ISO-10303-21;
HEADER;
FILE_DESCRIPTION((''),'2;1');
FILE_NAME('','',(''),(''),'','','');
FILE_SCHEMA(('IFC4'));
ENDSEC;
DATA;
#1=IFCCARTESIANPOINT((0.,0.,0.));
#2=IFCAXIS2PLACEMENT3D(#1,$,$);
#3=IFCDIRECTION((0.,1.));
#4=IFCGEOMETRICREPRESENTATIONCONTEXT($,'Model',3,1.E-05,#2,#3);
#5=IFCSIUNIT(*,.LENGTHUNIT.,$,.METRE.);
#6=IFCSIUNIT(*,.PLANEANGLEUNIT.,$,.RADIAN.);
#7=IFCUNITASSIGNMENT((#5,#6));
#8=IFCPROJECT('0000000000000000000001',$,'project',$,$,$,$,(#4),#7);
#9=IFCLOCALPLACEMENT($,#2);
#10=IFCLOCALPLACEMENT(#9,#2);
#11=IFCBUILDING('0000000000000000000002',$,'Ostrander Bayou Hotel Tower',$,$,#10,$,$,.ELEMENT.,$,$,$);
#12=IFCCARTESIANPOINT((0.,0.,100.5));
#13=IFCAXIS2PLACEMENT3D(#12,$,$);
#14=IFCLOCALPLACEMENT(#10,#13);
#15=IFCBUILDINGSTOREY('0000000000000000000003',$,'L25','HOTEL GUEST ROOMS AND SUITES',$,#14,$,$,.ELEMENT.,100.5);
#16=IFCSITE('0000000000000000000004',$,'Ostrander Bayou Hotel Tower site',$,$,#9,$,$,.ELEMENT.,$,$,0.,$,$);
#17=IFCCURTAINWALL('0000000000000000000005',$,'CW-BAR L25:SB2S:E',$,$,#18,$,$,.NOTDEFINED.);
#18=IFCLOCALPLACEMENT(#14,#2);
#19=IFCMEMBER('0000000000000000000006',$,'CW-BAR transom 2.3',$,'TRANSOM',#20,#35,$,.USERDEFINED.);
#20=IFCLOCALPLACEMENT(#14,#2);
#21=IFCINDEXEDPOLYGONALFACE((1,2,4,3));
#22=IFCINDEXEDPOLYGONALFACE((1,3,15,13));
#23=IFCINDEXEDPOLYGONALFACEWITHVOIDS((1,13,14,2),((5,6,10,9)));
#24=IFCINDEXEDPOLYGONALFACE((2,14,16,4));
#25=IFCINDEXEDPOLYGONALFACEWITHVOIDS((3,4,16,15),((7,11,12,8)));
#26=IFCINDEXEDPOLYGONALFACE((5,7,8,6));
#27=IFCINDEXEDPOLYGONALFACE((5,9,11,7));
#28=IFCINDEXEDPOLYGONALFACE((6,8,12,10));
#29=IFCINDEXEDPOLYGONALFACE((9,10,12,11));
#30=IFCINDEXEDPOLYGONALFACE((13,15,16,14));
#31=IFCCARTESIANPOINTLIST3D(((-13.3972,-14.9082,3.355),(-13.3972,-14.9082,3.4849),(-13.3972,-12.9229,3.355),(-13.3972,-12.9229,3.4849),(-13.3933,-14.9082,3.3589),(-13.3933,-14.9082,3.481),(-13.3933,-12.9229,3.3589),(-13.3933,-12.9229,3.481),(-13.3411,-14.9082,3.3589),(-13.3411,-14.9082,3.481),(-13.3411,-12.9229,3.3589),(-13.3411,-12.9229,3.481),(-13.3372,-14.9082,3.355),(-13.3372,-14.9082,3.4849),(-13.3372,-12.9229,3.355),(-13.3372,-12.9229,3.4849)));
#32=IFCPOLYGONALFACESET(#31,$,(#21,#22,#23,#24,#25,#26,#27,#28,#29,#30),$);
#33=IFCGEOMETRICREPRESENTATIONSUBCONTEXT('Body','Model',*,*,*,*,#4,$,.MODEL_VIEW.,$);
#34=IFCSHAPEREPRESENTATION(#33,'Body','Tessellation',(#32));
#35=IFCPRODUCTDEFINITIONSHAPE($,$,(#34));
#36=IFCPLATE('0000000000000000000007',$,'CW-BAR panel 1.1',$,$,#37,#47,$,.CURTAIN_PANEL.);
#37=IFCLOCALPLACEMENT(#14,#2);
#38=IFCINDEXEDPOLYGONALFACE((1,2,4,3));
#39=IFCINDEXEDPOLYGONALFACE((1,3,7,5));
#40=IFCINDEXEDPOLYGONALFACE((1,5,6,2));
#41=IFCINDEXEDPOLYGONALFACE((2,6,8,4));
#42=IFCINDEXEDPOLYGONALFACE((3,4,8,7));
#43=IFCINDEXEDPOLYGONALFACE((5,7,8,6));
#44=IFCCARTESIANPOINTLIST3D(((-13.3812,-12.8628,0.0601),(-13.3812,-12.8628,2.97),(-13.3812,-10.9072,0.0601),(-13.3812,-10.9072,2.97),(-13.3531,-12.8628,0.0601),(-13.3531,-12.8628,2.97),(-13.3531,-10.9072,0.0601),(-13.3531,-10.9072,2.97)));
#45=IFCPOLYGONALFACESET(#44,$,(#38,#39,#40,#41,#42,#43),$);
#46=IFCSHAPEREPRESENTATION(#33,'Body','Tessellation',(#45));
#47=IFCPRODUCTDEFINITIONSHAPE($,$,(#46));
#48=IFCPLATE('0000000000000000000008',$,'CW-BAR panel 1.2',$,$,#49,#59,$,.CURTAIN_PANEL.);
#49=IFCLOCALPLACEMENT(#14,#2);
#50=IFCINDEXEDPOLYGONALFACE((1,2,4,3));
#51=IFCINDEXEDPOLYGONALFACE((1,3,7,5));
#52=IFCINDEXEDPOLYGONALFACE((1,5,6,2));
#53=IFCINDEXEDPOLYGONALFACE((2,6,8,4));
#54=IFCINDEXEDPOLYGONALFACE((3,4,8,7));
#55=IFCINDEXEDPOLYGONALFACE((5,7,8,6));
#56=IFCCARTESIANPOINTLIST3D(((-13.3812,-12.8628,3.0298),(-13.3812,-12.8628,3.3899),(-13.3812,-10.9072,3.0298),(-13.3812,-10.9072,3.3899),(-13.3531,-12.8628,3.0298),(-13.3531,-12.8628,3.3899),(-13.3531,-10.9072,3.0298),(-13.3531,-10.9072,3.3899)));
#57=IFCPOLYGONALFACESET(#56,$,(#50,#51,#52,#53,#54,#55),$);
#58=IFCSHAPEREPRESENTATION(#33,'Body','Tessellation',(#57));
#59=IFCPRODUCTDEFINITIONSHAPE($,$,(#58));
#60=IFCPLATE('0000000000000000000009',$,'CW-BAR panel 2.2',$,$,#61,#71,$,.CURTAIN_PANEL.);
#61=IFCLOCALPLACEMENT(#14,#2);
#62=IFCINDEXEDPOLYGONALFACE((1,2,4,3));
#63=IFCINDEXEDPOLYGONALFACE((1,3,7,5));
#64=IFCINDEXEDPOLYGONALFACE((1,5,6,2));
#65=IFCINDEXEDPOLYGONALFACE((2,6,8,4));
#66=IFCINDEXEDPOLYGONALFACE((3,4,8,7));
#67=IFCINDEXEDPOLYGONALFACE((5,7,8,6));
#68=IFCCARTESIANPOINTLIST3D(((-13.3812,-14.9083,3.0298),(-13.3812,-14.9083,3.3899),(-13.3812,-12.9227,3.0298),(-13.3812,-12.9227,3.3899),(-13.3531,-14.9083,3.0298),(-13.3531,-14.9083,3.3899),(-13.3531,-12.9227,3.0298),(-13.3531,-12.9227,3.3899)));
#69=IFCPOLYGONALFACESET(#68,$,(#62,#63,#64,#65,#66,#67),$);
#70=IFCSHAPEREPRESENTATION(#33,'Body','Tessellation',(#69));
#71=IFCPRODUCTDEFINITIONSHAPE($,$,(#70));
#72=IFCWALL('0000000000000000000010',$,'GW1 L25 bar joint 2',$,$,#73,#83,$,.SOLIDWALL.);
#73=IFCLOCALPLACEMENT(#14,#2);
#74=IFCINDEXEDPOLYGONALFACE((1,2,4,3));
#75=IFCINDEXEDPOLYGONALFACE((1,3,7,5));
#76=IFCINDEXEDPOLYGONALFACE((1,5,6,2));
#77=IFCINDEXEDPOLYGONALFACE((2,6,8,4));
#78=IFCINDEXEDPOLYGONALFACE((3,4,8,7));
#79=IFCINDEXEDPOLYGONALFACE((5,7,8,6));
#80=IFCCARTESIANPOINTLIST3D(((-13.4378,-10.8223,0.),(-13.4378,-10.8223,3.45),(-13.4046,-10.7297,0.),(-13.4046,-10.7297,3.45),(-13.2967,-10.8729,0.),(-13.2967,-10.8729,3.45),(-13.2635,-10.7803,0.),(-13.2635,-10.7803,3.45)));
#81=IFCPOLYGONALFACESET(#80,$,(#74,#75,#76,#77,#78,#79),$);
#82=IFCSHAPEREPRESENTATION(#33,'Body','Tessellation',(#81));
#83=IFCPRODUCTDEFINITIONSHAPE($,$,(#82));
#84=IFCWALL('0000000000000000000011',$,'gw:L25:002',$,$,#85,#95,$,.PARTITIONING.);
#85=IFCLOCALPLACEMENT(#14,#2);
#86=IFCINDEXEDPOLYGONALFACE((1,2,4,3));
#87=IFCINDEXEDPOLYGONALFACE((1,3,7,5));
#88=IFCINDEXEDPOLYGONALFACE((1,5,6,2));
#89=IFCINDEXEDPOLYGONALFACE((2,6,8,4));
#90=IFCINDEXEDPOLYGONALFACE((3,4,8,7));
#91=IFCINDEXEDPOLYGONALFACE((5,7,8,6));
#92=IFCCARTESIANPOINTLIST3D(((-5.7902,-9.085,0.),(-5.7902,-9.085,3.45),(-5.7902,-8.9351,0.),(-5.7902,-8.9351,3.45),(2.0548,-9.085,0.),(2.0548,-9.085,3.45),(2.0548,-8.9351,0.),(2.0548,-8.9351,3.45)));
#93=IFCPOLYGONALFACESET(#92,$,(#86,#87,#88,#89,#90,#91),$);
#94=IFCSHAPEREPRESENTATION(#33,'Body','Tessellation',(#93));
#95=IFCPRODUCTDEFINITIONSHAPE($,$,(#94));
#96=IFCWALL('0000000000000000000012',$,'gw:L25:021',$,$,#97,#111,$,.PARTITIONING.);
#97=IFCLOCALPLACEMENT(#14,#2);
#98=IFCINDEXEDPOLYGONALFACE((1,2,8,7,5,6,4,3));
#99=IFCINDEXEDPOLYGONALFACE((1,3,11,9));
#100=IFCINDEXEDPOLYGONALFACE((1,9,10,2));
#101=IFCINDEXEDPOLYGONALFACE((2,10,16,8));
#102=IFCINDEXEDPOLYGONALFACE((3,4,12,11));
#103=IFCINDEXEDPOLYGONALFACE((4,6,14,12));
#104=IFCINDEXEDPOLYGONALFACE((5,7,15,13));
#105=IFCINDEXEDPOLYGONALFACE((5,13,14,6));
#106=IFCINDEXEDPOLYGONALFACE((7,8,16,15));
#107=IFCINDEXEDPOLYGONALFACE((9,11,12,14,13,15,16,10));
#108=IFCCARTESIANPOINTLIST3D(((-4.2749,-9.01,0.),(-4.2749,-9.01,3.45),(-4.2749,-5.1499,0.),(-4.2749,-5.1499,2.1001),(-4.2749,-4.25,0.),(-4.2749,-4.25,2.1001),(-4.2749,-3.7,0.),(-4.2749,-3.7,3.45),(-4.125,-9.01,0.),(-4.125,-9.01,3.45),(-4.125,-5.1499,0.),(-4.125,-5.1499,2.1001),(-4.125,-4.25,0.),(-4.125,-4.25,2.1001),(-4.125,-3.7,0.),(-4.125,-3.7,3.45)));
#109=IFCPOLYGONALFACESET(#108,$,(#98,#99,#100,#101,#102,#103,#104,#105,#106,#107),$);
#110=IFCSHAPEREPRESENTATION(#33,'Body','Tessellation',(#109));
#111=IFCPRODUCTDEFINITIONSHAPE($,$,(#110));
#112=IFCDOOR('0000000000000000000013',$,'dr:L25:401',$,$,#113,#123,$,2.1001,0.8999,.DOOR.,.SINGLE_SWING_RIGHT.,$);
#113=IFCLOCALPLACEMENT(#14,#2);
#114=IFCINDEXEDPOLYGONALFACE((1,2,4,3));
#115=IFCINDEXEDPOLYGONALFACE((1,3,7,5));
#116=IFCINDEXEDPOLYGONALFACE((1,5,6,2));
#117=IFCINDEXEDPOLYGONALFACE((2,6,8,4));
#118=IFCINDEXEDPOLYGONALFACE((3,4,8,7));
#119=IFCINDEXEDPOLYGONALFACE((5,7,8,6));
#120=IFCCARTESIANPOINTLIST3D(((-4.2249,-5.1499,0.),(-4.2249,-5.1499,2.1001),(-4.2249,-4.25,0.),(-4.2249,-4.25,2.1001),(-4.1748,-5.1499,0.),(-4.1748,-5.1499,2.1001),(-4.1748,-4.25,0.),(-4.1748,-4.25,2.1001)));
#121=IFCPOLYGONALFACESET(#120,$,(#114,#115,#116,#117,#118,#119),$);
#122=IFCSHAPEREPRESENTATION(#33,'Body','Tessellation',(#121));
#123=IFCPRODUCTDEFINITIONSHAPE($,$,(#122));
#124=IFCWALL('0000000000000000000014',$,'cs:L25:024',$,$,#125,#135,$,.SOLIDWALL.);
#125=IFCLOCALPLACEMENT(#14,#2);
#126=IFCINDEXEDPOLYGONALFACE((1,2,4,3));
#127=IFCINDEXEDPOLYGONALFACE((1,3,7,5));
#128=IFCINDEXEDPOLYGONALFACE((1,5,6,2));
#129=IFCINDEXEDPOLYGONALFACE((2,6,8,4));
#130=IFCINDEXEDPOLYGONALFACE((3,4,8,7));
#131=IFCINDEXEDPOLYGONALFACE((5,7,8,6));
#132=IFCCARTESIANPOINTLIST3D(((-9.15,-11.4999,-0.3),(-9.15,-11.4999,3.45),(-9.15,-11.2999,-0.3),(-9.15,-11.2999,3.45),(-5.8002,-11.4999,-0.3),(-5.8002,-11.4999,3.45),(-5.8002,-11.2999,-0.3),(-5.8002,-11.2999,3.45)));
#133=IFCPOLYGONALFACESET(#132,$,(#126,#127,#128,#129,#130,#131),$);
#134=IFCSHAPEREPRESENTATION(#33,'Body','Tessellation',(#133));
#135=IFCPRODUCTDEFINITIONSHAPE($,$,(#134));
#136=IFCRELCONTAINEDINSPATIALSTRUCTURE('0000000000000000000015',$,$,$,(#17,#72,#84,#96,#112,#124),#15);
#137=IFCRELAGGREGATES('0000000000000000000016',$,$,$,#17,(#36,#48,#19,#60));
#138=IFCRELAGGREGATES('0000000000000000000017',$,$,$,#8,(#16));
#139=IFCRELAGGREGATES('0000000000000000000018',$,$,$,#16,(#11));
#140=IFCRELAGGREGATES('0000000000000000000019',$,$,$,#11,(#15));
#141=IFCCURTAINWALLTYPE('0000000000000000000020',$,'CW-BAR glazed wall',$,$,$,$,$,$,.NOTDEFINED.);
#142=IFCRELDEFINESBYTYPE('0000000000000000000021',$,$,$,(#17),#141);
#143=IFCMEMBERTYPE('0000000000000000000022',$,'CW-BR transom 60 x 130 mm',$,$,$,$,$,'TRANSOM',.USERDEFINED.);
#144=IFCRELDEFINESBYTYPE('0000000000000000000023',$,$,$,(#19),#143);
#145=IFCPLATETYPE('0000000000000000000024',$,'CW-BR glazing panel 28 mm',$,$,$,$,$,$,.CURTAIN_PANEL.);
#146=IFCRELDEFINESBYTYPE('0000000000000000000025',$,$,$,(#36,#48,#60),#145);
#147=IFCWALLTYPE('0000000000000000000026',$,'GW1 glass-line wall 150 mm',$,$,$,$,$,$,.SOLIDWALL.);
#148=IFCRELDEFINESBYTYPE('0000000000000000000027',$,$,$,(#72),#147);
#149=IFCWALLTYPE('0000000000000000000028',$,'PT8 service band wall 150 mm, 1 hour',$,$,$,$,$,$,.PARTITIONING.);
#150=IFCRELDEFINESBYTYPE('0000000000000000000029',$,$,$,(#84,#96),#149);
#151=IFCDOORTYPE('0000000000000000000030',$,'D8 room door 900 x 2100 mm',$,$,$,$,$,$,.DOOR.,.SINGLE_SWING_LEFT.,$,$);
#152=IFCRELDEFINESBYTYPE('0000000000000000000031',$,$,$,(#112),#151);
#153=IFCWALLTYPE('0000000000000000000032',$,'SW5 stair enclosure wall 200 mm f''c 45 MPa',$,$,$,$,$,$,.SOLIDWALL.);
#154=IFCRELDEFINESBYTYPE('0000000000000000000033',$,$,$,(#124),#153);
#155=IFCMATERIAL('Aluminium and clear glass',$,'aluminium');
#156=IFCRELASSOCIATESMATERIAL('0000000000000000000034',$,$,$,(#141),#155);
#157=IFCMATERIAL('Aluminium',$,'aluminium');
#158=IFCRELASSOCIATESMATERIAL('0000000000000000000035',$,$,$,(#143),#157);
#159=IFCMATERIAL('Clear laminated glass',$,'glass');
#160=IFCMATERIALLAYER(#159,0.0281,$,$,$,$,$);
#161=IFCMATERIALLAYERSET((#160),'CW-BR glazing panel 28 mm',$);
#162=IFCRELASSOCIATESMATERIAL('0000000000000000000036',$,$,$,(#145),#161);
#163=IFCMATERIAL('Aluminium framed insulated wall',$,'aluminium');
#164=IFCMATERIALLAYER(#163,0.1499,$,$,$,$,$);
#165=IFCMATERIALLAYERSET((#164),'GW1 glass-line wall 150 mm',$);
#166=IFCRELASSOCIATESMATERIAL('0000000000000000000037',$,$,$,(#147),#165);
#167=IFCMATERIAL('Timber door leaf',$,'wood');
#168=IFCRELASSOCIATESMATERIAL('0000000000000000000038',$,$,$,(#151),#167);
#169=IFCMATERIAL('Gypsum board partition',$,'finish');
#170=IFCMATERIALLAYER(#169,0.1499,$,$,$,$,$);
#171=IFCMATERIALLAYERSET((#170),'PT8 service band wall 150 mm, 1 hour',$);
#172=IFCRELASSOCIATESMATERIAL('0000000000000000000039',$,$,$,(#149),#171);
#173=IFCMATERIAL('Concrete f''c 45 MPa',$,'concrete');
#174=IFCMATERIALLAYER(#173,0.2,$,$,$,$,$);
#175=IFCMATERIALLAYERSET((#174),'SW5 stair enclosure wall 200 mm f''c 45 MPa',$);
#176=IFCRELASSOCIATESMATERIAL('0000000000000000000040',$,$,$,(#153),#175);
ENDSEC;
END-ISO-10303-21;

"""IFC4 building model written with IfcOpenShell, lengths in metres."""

from ifc_helpers import new_model, si_unit, direction, frame, frame_2d, origin, origin_2d, place, context, subcontext, project, spatial, rectangle, hollow_rectangle, extrude, material, layer, layer_set, material_profile, profile_set, type_object, element, fill, aggregate, save


model = new_model("IFC4")

# Units and contexts
model_context = context("Model", 3, precision=1e-05, world=origin(), true_north=direction((0.0, 1.0)))
body_context = subcontext(model_context, "Body", "Model", "MODEL_VIEW")
ifc_project = project(units=[si_unit("LENGTHUNIT", "METRE"), si_unit("PLANEANGLEUNIT", "RADIAN")], contexts=[model_context])

# Site, building, storey
site_placement = place(None, origin())
site = spatial("IfcSite", under=ifc_project, at=site_placement, Name="Ostrander Bayou Hotel Tower site", CompositionType="ELEMENT", RefElevation=0.0)
building_placement = place(site_placement, origin())
building = spatial("IfcBuilding", under=site, at=building_placement, Name="Ostrander Bayou Hotel Tower", CompositionType="ELEMENT")
storey_placement = place(building_placement, frame((0.0, 0.0, 100.5)))
storey = spatial("IfcBuildingStorey", under=building, at=storey_placement, Name="L25", Description="HOTEL GUEST ROOMS AND SUITES", CompositionType="ELEMENT", Elevation=100.5)

# Curtain wall, member, plates
ifc_material_1 = material(Name="Aluminium and clear glass", Category="aluminium")
curtain_wall_type = type_object("IfcCurtainWallType", Name="CW-BAR glazed wall", PredefinedType="NOTDEFINED", material=ifc_material_1)
curtain_wall_placement = place(storey_placement, origin())
curtain_wall = element("IfcCurtainWall", 1, at=curtain_wall_placement, inside=storey, type_object=curtain_wall_type, Name="CW-BAR L25:SB2S:E", PredefinedType="NOTDEFINED")
ifc_material_2 = material(Name="Aluminium", Category="aluminium")
ifc_material_profile_1 = material_profile(ifc_material_2, hollow_rectangle(XDim=0.0601, YDim=0.1299, WallThickness=0.0039, at=origin_2d()))
ifc_profile_set_1 = profile_set([ifc_material_profile_1], Name="Aluminium")
member_type_1 = type_object("IfcMemberType", Name="CW-BR transom 60 x 130 mm", ElementType="TRANSOM", PredefinedType="USERDEFINED", material=ifc_profile_set_1)
member_1_placement = place(storey_placement, frame((-13.3672, -12.9229, 3.4199), z_axis=(0.0, -1.0, 0.0), x_axis=(1.0, 0.0, 0.0)))
member_1 = element("IfcMember", 2, at=member_1_placement, type_object=member_type_1, Name="CW-BAR transom 2.3", ObjectType="TRANSOM", PredefinedType="USERDEFINED", context=body_context, shape_type="SweptSolid", body=[
    extrude(hollow_rectangle(XDim=0.0601, YDim=0.1299, WallThickness=0.0039, at=origin_2d()), origin(), (0.0, 0.0, 1.0), 1.9854),
])
ifc_material_3 = material(Name="Clear laminated glass", Category="glass")
ifc_layer_1 = layer(ifc_material_3, 0.0281)
ifc_layer_set_1 = layer_set([ifc_layer_1], Name="CW-BR glazing panel 28 mm")
plate_type = type_object("IfcPlateType", Name="CW-BR glazing panel 28 mm", PredefinedType="CURTAIN_PANEL", material=ifc_layer_set_1)
plate_1_placement = place(storey_placement, frame((-13.3672, -11.885, 0.0601), z_axis=(0.0, 0.0, 1.0), x_axis=(0.0, -1.0, 0.0)))
plate_1 = element("IfcPlate", 3, at=plate_1_placement, type_object=plate_type, Name="CW-BAR panel 1.1", PredefinedType="CURTAIN_PANEL", context=body_context, shape_type="SweptSolid", body=[
    extrude(rectangle(XDim=1.9556, YDim=0.0281, at=origin_2d()), origin(), (0.0, 0.0, 1.0), 2.9099),
])
plate_2_placement = place(storey_placement, frame((-13.3672, -11.885, 3.0298), z_axis=(0.0, 0.0, 1.0), x_axis=(0.0, -1.0, 0.0)))
plate_2 = element("IfcPlate", 4, at=plate_2_placement, type_object=plate_type, Name="CW-BAR panel 1.2", PredefinedType="CURTAIN_PANEL", context=body_context, shape_type="SweptSolid", body=[
    extrude(rectangle(XDim=1.9556, YDim=0.0281, at=origin_2d()), origin(), (0.0, 0.0, 1.0), 0.3601),
])
plate_3_placement = place(storey_placement, frame((-13.3672, -13.9155, 3.0298), z_axis=(0.0, 0.0, 1.0), x_axis=(0.0, -1.0, 0.0)))
plate_3 = element("IfcPlate", 5, at=plate_3_placement, type_object=plate_type, Name="CW-BAR panel 2.2", PredefinedType="CURTAIN_PANEL", context=body_context, shape_type="SweptSolid", body=[
    extrude(rectangle(XDim=1.9856, YDim=0.0281, at=origin_2d()), origin(), (0.0, 0.0, 1.0), 0.3601),
])
aggregate(curtain_wall, [plate_1, plate_2, member_1, plate_3])

# Wall
ifc_material_4 = material(Name="Aluminium framed insulated wall", Category="aluminium")
ifc_layer_2 = layer(ifc_material_4, 0.1499)
ifc_layer_set_2 = layer_set([ifc_layer_2], Name="GW1 glass-line wall 150 mm")
wall_type_1 = type_object("IfcWallType", Name="GW1 glass-line wall 150 mm", PredefinedType="SOLIDWALL", material=ifc_layer_set_2)
wall_1_placement = place(storey_placement, frame((-13.334, -10.7549, 0.0), z_axis=(0.0, 0.0, 1.0), x_axis=(-0.337752, -0.941235, 0.0)))
element("IfcWall", 6, at=wall_1_placement, inside=storey, type_object=wall_type_1, Name="GW1 L25 bar joint 2", PredefinedType="SOLIDWALL", context=body_context, shape_type="SweptSolid", body=[
    extrude(rectangle(XDim=0.0984, YDim=0.1499, at=frame_2d((0.0493, 0.0))), origin(), (0.0, 0.0, 1.0), 3.45),
])

# Shared definitions
ifc_material_5 = material(Name="Timber door leaf", Category="wood")
door_type_1 = type_object("IfcDoorType", Name="D8 room door 900 x 2100 mm", OperationType="SINGLE_SWING_LEFT", PredefinedType="DOOR", material=ifc_material_5)

# Wall
ifc_material_6 = material(Name="Gypsum board partition", Category="finish")
ifc_layer_3 = layer(ifc_material_6, 0.1499)
ifc_layer_set_3 = layer_set([ifc_layer_3], Name="PT8 service band wall 150 mm, 1 hour")
wall_type_2 = type_object("IfcWallType", Name="PT8 service band wall 150 mm, 1 hour", PredefinedType="PARTITIONING", material=ifc_layer_set_3)
wall_2_placement = place(storey_placement, frame((-5.79, -9.01, 0.0), z_axis=(0.0, 0.0, 1.0), x_axis=(1.0, 0.0, 0.0)))
element("IfcWall", 7, at=wall_2_placement, inside=storey, type_object=wall_type_2, Name="gw:L25:002", PredefinedType="PARTITIONING", context=body_context, shape_type="SweptSolid", body=[
    extrude(rectangle(XDim=7.845, YDim=0.1499, at=frame_2d((3.9224, 0.0))), origin(), (0.0, 0.0, 1.0), 3.45),
])

# Wall, opening, door
wall_3_placement = place(storey_placement, frame((-4.2, -9.01, 0.0), z_axis=(0.0, 0.0, 1.0), x_axis=(0.0, 1.0, 0.0)))
wall_3 = element("IfcWall", 8, at=wall_3_placement, inside=storey, type_object=wall_type_2, Name="gw:L25:021", PredefinedType="PARTITIONING", context=body_context, shape_type="SweptSolid", body=[
    extrude(rectangle(XDim=5.3101, YDim=0.1499, at=frame_2d((2.655, 0.0))), origin(), (0.0, 0.0, 1.0), 3.45),
])
opening_1_placement = place(wall_3_placement, frame((3.8601, 0.0, 0.0)))
opening_1 = element("IfcOpeningElement", 9, at=opening_1_placement, cuts=wall_3, PredefinedType="OPENING", context=body_context, shape_type="SweptSolid", body=[
    extrude(rectangle(XDim=0.8999, YDim=2.1001, at=frame_2d((0.45, 1.05))), frame((0.0, 0.075, 0.0), z_axis=(0.0, -1.0, 0.0), x_axis=(1.0, 0.0, 0.0)), (0.0, 0.0, 1.0), 0.1499),
])
door_1_placement = place(opening_1_placement, origin())
door_1 = element("IfcDoor", 10, at=door_1_placement, inside=storey, type_object=door_type_1, Name="dr:L25:401", OperationType="SINGLE_SWING_RIGHT", OverallHeight=2.1001, OverallWidth=0.8999, PredefinedType="DOOR", context=body_context, shape_type="SweptSolid", body=[
    extrude(rectangle(XDim=0.8999, YDim=2.1001, at=frame_2d((0.45, 1.05))), frame((0.0, 0.0249, 0.0), z_axis=(0.0, -1.0, 0.0), x_axis=(1.0, 0.0, 0.0)), (0.0, 0.0, 1.0), 0.05),
])
fill(opening_1, door_1)

# Wall
ifc_material_7 = material(Name="Concrete f'c 45 MPa", Category="concrete")
ifc_layer_4 = layer(ifc_material_7, 0.2)
ifc_layer_set_4 = layer_set([ifc_layer_4], Name="SW5 stair enclosure wall 200 mm f'c 45 MPa")
wall_type_3 = type_object("IfcWallType", Name="SW5 stair enclosure wall 200 mm f'c 45 MPa", PredefinedType="SOLIDWALL", material=ifc_layer_set_4)
wall_4_placement = place(storey_placement, frame((-9.1499, -11.3999, -0.3), z_axis=(0.0, 0.0, 1.0), x_axis=(1.0, 0.0, 0.0)))
element("IfcWall", 11, at=wall_4_placement, inside=storey, type_object=wall_type_3, Name="cs:L25:024", PredefinedType="SOLIDWALL", context=body_context, shape_type="SweptSolid", body=[
    extrude(rectangle(XDim=3.3499, YDim=0.2, at=frame_2d((1.6748, 0.0))), origin(), (0.0, 0.0, 1.0), 3.75),
])

save(model, "model.ifc")
